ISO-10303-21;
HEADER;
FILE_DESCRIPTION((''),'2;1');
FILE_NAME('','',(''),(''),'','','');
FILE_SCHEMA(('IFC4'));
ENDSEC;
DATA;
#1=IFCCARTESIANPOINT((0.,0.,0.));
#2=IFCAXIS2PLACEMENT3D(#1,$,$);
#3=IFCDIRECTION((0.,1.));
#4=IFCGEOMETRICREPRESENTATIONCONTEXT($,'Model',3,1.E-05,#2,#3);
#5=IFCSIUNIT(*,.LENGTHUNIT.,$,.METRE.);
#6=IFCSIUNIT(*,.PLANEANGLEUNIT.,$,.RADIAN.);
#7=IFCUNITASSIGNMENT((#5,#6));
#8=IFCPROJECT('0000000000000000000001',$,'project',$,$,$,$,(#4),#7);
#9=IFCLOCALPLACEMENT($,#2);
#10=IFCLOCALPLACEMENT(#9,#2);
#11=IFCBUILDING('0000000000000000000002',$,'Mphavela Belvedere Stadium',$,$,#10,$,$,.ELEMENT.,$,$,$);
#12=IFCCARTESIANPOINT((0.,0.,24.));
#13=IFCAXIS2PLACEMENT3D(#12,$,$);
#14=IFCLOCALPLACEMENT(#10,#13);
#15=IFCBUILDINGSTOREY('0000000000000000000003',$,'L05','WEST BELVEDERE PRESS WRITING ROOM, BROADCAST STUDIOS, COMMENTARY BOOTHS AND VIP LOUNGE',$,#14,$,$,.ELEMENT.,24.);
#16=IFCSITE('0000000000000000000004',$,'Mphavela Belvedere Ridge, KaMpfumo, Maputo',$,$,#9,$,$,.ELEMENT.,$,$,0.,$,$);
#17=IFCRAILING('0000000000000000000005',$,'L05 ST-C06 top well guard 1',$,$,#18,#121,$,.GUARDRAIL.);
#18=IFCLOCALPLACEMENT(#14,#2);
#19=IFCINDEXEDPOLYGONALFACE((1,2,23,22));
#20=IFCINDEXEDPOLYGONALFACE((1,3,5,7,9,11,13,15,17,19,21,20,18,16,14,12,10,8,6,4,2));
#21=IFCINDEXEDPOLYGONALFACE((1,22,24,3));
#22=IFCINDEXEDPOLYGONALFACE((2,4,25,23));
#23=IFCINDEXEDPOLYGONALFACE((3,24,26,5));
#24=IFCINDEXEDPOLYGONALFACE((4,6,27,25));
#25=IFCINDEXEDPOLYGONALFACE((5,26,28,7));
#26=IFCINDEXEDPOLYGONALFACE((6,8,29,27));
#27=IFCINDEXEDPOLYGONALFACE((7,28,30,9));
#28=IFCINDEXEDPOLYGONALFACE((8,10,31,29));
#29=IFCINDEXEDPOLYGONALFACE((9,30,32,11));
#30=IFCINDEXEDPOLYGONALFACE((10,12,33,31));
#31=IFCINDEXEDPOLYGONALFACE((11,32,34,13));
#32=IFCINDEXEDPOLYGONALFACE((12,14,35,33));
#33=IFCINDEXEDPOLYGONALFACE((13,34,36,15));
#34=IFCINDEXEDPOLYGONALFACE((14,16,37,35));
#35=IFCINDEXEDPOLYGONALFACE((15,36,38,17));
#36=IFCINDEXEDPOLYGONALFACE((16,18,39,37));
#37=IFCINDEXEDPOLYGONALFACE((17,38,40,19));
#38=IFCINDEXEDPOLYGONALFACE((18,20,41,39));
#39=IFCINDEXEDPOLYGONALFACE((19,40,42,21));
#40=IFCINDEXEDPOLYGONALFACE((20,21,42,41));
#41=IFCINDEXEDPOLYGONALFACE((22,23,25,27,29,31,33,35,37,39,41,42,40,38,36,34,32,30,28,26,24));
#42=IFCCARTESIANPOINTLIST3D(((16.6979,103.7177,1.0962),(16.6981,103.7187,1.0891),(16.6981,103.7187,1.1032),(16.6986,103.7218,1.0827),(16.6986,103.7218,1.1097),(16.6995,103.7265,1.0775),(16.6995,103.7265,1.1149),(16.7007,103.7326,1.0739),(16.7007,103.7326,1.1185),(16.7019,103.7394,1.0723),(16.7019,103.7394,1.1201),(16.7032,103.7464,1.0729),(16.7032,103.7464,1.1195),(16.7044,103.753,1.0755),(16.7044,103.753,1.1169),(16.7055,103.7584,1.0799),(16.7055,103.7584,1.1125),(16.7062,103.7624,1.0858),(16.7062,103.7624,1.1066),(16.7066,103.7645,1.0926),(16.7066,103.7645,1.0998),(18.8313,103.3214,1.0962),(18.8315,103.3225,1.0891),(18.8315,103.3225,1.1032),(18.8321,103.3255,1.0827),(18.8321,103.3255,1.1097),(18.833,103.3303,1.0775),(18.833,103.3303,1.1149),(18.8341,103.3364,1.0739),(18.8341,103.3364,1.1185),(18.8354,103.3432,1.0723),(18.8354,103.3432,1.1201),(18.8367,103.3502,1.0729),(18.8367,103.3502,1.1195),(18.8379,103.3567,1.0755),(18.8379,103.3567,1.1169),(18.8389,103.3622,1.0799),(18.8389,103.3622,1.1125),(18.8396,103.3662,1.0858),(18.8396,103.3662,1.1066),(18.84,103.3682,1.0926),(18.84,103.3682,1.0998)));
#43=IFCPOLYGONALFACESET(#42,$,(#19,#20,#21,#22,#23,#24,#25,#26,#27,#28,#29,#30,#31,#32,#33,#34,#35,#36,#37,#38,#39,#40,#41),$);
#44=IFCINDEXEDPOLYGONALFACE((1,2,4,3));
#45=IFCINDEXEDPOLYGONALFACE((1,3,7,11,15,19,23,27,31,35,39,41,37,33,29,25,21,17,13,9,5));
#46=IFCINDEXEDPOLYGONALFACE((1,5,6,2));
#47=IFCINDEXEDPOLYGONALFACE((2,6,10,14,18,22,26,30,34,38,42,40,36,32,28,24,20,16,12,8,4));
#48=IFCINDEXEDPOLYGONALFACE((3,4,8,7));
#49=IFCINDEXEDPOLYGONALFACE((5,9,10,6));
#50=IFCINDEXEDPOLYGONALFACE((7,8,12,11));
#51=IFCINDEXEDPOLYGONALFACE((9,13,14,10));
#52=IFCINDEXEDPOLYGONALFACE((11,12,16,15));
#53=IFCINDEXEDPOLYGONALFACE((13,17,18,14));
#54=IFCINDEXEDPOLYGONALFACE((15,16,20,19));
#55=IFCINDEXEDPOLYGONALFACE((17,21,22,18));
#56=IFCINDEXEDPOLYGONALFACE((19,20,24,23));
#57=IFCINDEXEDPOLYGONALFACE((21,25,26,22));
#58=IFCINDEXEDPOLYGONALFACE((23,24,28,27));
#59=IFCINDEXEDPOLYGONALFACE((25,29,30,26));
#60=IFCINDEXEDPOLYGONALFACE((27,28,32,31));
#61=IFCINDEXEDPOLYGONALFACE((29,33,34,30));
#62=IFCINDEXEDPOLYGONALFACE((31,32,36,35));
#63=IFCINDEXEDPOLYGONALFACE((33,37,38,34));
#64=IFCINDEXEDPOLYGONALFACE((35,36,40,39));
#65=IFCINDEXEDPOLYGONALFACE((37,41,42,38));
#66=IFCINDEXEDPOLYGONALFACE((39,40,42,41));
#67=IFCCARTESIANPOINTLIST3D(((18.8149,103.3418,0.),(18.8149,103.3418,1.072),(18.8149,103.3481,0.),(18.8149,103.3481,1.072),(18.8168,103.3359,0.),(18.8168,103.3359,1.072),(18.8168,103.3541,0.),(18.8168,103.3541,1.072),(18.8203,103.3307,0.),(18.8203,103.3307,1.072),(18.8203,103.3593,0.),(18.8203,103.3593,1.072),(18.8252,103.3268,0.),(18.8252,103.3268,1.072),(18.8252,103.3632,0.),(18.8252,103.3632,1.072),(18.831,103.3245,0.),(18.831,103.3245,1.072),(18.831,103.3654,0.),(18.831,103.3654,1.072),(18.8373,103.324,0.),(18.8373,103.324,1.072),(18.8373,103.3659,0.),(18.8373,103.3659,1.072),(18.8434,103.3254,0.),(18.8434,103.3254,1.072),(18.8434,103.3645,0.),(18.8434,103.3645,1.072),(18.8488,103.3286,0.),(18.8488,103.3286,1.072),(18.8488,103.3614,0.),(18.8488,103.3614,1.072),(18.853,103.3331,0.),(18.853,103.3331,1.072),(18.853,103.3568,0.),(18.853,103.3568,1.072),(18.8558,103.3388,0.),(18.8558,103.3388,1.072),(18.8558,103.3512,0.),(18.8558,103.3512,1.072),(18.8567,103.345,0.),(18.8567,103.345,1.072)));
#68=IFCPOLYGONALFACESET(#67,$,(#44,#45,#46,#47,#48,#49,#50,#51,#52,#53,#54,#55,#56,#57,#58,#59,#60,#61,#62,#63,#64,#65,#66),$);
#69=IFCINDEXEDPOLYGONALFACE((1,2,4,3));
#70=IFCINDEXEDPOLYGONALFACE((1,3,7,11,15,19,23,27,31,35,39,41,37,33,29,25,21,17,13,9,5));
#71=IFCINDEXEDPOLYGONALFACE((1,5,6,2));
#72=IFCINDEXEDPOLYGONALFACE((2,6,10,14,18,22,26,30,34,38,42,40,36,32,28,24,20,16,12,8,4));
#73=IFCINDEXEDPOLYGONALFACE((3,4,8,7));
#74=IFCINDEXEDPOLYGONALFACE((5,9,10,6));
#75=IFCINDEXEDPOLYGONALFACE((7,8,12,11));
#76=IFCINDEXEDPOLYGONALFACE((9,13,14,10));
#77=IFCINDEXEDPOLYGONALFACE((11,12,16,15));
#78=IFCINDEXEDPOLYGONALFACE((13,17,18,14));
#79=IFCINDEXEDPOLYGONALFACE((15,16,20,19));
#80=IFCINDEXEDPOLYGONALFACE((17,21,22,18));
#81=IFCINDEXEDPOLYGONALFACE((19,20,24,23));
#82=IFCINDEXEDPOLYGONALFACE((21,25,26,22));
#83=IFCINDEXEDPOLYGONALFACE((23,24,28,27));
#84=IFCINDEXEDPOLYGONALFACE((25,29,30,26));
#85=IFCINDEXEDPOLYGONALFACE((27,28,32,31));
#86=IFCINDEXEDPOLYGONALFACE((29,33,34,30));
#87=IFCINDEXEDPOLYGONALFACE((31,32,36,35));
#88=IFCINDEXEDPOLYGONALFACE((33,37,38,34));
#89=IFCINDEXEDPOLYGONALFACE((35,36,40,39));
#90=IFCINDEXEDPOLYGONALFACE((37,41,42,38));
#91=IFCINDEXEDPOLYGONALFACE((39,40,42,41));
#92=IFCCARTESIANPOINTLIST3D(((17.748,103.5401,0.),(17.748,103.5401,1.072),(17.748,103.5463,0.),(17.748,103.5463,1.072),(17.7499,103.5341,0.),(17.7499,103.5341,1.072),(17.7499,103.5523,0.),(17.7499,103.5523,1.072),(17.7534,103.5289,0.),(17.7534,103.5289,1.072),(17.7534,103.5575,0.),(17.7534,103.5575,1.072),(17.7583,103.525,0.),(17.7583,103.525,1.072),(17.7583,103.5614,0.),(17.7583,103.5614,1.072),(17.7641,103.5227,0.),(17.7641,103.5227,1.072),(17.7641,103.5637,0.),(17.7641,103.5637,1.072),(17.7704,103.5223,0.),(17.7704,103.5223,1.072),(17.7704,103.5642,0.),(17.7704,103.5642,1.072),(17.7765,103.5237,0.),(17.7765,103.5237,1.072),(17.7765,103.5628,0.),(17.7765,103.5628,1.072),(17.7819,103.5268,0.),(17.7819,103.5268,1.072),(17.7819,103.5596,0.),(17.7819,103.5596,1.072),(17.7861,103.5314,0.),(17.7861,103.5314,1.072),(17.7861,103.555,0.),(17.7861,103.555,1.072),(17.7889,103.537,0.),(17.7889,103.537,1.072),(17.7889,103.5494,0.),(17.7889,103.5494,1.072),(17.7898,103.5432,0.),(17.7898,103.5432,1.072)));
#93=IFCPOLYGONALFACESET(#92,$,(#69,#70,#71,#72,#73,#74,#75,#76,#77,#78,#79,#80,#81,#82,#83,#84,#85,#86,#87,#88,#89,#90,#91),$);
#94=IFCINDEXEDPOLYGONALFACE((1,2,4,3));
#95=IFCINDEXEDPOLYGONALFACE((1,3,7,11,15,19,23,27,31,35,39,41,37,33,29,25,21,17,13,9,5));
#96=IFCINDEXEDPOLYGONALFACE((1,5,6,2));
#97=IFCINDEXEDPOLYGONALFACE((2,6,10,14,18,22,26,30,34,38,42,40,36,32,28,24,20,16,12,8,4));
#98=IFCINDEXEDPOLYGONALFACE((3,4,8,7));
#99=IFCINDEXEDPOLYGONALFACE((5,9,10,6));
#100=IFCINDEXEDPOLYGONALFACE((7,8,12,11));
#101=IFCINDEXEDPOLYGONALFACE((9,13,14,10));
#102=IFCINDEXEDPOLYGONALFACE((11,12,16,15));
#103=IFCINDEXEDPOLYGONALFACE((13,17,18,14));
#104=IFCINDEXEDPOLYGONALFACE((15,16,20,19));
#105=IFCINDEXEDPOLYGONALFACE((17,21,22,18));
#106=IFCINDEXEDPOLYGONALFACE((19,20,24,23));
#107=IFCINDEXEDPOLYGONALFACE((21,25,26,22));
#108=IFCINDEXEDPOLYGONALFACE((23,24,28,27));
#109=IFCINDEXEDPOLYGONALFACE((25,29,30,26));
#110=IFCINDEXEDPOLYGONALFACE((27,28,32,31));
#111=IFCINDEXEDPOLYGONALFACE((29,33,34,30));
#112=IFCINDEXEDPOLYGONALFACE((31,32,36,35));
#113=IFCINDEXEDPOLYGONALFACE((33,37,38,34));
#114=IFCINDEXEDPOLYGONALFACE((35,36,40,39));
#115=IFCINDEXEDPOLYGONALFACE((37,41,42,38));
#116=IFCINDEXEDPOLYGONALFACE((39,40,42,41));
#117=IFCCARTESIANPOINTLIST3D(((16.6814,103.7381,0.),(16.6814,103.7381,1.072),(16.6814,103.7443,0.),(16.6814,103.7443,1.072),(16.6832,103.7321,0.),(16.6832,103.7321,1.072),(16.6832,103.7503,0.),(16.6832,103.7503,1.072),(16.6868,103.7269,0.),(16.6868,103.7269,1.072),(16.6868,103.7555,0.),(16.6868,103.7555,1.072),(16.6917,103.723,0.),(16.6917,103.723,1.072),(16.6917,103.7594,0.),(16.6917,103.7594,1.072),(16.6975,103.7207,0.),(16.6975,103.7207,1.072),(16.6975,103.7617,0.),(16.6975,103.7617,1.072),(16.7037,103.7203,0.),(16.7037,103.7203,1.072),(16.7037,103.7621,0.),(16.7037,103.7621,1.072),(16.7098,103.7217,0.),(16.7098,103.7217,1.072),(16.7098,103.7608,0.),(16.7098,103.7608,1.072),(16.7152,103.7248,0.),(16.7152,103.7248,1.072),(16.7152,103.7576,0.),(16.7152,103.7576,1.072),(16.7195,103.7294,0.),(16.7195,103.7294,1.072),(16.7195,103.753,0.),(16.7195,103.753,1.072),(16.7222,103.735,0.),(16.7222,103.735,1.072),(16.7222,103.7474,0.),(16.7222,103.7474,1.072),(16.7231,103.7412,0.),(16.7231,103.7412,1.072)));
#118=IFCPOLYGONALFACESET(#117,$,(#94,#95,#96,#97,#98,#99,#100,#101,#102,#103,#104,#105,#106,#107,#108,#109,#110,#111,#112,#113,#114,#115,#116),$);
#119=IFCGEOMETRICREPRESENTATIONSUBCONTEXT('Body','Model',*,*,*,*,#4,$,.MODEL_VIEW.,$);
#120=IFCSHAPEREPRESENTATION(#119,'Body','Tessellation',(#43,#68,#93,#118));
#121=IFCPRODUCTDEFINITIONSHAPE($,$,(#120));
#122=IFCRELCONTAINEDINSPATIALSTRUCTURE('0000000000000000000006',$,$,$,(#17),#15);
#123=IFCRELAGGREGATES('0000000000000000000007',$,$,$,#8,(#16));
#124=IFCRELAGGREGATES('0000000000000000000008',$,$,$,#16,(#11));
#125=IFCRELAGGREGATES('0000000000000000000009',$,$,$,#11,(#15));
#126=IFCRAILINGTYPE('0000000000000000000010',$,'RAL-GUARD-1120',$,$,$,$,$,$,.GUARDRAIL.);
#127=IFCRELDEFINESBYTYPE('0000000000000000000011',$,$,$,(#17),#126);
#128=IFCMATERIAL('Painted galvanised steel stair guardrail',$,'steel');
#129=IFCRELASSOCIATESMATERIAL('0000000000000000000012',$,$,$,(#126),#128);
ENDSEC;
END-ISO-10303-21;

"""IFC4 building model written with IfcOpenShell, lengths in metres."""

from ifc_helpers import new_model, si_unit, direction, frame, origin, origin_2d, place, context, subcontext, project, spatial, circle, extrude, material, type_object, element, save


model = new_model("IFC4")

# Units and contexts
model_context = context("Model", 3, precision=1e-05, world=origin(), true_north=direction((0.0, 1.0)))
body_context = subcontext(model_context, "Body", "Model", "MODEL_VIEW")
ifc_project = project(units=[si_unit("LENGTHUNIT", "METRE"), si_unit("PLANEANGLEUNIT", "RADIAN")], contexts=[model_context])

# Site, building, storey
site_placement = place(None, origin())
site = spatial("IfcSite", under=ifc_project, at=site_placement, Name="Mphavela Belvedere Ridge, KaMpfumo, Maputo", CompositionType="ELEMENT", RefElevation=0.0)
building_placement = place(site_placement, origin())
building = spatial("IfcBuilding", under=site, at=building_placement, Name="Mphavela Belvedere Stadium", CompositionType="ELEMENT")
storey_placement = place(building_placement, frame((0.0, 0.0, 24.0)))
storey = spatial("IfcBuildingStorey", under=building, at=storey_placement, Name="L05", Description="WEST BELVEDERE PRESS WRITING ROOM, BROADCAST STUDIOS, COMMENTARY BOOTHS AND VIP LOUNGE", CompositionType="ELEMENT", Elevation=24.0)

# Railing
ifc_material_1 = material(Name="Painted galvanised steel stair guardrail", Category="steel")
railing_type = type_object("IfcRailingType", Name="RAL-GUARD-1120", PredefinedType="GUARDRAIL", material=ifc_material_1)
railing_placement = place(storey_placement, frame((18.8357, 103.345, 0.0)))
element("IfcRailing", 1, at=railing_placement, inside=storey, type_object=railing_type, Name="L05 ST-C06 top well guard 1", PredefinedType="GUARDRAIL", context=body_context, shape_type="SweptSolid", body=[
    extrude(circle(Radius=0.0239, at=origin_2d()), frame((0.0, 0.0, 1.0962), z_axis=(-0.983188, 0.182597, 0.0), x_axis=(-0.182597, -0.983188, 0.0)), (0.0, 0.0, 1.0), 2.1699),
    extrude(circle(Radius=0.021, at=origin_2d()), origin(), (0.0, 0.0, 1.0), 1.072),
    extrude(circle(Radius=0.021, at=origin_2d()), frame((-1.0669, 0.1982, 0.0)), (0.0, 0.0, 1.0), 1.072),
    extrude(circle(Radius=0.021, at=origin_2d()), frame((-2.1335, 0.3962, 0.0)), (0.0, 0.0, 1.0), 1.072),
])

save(model, "model.ifc")
